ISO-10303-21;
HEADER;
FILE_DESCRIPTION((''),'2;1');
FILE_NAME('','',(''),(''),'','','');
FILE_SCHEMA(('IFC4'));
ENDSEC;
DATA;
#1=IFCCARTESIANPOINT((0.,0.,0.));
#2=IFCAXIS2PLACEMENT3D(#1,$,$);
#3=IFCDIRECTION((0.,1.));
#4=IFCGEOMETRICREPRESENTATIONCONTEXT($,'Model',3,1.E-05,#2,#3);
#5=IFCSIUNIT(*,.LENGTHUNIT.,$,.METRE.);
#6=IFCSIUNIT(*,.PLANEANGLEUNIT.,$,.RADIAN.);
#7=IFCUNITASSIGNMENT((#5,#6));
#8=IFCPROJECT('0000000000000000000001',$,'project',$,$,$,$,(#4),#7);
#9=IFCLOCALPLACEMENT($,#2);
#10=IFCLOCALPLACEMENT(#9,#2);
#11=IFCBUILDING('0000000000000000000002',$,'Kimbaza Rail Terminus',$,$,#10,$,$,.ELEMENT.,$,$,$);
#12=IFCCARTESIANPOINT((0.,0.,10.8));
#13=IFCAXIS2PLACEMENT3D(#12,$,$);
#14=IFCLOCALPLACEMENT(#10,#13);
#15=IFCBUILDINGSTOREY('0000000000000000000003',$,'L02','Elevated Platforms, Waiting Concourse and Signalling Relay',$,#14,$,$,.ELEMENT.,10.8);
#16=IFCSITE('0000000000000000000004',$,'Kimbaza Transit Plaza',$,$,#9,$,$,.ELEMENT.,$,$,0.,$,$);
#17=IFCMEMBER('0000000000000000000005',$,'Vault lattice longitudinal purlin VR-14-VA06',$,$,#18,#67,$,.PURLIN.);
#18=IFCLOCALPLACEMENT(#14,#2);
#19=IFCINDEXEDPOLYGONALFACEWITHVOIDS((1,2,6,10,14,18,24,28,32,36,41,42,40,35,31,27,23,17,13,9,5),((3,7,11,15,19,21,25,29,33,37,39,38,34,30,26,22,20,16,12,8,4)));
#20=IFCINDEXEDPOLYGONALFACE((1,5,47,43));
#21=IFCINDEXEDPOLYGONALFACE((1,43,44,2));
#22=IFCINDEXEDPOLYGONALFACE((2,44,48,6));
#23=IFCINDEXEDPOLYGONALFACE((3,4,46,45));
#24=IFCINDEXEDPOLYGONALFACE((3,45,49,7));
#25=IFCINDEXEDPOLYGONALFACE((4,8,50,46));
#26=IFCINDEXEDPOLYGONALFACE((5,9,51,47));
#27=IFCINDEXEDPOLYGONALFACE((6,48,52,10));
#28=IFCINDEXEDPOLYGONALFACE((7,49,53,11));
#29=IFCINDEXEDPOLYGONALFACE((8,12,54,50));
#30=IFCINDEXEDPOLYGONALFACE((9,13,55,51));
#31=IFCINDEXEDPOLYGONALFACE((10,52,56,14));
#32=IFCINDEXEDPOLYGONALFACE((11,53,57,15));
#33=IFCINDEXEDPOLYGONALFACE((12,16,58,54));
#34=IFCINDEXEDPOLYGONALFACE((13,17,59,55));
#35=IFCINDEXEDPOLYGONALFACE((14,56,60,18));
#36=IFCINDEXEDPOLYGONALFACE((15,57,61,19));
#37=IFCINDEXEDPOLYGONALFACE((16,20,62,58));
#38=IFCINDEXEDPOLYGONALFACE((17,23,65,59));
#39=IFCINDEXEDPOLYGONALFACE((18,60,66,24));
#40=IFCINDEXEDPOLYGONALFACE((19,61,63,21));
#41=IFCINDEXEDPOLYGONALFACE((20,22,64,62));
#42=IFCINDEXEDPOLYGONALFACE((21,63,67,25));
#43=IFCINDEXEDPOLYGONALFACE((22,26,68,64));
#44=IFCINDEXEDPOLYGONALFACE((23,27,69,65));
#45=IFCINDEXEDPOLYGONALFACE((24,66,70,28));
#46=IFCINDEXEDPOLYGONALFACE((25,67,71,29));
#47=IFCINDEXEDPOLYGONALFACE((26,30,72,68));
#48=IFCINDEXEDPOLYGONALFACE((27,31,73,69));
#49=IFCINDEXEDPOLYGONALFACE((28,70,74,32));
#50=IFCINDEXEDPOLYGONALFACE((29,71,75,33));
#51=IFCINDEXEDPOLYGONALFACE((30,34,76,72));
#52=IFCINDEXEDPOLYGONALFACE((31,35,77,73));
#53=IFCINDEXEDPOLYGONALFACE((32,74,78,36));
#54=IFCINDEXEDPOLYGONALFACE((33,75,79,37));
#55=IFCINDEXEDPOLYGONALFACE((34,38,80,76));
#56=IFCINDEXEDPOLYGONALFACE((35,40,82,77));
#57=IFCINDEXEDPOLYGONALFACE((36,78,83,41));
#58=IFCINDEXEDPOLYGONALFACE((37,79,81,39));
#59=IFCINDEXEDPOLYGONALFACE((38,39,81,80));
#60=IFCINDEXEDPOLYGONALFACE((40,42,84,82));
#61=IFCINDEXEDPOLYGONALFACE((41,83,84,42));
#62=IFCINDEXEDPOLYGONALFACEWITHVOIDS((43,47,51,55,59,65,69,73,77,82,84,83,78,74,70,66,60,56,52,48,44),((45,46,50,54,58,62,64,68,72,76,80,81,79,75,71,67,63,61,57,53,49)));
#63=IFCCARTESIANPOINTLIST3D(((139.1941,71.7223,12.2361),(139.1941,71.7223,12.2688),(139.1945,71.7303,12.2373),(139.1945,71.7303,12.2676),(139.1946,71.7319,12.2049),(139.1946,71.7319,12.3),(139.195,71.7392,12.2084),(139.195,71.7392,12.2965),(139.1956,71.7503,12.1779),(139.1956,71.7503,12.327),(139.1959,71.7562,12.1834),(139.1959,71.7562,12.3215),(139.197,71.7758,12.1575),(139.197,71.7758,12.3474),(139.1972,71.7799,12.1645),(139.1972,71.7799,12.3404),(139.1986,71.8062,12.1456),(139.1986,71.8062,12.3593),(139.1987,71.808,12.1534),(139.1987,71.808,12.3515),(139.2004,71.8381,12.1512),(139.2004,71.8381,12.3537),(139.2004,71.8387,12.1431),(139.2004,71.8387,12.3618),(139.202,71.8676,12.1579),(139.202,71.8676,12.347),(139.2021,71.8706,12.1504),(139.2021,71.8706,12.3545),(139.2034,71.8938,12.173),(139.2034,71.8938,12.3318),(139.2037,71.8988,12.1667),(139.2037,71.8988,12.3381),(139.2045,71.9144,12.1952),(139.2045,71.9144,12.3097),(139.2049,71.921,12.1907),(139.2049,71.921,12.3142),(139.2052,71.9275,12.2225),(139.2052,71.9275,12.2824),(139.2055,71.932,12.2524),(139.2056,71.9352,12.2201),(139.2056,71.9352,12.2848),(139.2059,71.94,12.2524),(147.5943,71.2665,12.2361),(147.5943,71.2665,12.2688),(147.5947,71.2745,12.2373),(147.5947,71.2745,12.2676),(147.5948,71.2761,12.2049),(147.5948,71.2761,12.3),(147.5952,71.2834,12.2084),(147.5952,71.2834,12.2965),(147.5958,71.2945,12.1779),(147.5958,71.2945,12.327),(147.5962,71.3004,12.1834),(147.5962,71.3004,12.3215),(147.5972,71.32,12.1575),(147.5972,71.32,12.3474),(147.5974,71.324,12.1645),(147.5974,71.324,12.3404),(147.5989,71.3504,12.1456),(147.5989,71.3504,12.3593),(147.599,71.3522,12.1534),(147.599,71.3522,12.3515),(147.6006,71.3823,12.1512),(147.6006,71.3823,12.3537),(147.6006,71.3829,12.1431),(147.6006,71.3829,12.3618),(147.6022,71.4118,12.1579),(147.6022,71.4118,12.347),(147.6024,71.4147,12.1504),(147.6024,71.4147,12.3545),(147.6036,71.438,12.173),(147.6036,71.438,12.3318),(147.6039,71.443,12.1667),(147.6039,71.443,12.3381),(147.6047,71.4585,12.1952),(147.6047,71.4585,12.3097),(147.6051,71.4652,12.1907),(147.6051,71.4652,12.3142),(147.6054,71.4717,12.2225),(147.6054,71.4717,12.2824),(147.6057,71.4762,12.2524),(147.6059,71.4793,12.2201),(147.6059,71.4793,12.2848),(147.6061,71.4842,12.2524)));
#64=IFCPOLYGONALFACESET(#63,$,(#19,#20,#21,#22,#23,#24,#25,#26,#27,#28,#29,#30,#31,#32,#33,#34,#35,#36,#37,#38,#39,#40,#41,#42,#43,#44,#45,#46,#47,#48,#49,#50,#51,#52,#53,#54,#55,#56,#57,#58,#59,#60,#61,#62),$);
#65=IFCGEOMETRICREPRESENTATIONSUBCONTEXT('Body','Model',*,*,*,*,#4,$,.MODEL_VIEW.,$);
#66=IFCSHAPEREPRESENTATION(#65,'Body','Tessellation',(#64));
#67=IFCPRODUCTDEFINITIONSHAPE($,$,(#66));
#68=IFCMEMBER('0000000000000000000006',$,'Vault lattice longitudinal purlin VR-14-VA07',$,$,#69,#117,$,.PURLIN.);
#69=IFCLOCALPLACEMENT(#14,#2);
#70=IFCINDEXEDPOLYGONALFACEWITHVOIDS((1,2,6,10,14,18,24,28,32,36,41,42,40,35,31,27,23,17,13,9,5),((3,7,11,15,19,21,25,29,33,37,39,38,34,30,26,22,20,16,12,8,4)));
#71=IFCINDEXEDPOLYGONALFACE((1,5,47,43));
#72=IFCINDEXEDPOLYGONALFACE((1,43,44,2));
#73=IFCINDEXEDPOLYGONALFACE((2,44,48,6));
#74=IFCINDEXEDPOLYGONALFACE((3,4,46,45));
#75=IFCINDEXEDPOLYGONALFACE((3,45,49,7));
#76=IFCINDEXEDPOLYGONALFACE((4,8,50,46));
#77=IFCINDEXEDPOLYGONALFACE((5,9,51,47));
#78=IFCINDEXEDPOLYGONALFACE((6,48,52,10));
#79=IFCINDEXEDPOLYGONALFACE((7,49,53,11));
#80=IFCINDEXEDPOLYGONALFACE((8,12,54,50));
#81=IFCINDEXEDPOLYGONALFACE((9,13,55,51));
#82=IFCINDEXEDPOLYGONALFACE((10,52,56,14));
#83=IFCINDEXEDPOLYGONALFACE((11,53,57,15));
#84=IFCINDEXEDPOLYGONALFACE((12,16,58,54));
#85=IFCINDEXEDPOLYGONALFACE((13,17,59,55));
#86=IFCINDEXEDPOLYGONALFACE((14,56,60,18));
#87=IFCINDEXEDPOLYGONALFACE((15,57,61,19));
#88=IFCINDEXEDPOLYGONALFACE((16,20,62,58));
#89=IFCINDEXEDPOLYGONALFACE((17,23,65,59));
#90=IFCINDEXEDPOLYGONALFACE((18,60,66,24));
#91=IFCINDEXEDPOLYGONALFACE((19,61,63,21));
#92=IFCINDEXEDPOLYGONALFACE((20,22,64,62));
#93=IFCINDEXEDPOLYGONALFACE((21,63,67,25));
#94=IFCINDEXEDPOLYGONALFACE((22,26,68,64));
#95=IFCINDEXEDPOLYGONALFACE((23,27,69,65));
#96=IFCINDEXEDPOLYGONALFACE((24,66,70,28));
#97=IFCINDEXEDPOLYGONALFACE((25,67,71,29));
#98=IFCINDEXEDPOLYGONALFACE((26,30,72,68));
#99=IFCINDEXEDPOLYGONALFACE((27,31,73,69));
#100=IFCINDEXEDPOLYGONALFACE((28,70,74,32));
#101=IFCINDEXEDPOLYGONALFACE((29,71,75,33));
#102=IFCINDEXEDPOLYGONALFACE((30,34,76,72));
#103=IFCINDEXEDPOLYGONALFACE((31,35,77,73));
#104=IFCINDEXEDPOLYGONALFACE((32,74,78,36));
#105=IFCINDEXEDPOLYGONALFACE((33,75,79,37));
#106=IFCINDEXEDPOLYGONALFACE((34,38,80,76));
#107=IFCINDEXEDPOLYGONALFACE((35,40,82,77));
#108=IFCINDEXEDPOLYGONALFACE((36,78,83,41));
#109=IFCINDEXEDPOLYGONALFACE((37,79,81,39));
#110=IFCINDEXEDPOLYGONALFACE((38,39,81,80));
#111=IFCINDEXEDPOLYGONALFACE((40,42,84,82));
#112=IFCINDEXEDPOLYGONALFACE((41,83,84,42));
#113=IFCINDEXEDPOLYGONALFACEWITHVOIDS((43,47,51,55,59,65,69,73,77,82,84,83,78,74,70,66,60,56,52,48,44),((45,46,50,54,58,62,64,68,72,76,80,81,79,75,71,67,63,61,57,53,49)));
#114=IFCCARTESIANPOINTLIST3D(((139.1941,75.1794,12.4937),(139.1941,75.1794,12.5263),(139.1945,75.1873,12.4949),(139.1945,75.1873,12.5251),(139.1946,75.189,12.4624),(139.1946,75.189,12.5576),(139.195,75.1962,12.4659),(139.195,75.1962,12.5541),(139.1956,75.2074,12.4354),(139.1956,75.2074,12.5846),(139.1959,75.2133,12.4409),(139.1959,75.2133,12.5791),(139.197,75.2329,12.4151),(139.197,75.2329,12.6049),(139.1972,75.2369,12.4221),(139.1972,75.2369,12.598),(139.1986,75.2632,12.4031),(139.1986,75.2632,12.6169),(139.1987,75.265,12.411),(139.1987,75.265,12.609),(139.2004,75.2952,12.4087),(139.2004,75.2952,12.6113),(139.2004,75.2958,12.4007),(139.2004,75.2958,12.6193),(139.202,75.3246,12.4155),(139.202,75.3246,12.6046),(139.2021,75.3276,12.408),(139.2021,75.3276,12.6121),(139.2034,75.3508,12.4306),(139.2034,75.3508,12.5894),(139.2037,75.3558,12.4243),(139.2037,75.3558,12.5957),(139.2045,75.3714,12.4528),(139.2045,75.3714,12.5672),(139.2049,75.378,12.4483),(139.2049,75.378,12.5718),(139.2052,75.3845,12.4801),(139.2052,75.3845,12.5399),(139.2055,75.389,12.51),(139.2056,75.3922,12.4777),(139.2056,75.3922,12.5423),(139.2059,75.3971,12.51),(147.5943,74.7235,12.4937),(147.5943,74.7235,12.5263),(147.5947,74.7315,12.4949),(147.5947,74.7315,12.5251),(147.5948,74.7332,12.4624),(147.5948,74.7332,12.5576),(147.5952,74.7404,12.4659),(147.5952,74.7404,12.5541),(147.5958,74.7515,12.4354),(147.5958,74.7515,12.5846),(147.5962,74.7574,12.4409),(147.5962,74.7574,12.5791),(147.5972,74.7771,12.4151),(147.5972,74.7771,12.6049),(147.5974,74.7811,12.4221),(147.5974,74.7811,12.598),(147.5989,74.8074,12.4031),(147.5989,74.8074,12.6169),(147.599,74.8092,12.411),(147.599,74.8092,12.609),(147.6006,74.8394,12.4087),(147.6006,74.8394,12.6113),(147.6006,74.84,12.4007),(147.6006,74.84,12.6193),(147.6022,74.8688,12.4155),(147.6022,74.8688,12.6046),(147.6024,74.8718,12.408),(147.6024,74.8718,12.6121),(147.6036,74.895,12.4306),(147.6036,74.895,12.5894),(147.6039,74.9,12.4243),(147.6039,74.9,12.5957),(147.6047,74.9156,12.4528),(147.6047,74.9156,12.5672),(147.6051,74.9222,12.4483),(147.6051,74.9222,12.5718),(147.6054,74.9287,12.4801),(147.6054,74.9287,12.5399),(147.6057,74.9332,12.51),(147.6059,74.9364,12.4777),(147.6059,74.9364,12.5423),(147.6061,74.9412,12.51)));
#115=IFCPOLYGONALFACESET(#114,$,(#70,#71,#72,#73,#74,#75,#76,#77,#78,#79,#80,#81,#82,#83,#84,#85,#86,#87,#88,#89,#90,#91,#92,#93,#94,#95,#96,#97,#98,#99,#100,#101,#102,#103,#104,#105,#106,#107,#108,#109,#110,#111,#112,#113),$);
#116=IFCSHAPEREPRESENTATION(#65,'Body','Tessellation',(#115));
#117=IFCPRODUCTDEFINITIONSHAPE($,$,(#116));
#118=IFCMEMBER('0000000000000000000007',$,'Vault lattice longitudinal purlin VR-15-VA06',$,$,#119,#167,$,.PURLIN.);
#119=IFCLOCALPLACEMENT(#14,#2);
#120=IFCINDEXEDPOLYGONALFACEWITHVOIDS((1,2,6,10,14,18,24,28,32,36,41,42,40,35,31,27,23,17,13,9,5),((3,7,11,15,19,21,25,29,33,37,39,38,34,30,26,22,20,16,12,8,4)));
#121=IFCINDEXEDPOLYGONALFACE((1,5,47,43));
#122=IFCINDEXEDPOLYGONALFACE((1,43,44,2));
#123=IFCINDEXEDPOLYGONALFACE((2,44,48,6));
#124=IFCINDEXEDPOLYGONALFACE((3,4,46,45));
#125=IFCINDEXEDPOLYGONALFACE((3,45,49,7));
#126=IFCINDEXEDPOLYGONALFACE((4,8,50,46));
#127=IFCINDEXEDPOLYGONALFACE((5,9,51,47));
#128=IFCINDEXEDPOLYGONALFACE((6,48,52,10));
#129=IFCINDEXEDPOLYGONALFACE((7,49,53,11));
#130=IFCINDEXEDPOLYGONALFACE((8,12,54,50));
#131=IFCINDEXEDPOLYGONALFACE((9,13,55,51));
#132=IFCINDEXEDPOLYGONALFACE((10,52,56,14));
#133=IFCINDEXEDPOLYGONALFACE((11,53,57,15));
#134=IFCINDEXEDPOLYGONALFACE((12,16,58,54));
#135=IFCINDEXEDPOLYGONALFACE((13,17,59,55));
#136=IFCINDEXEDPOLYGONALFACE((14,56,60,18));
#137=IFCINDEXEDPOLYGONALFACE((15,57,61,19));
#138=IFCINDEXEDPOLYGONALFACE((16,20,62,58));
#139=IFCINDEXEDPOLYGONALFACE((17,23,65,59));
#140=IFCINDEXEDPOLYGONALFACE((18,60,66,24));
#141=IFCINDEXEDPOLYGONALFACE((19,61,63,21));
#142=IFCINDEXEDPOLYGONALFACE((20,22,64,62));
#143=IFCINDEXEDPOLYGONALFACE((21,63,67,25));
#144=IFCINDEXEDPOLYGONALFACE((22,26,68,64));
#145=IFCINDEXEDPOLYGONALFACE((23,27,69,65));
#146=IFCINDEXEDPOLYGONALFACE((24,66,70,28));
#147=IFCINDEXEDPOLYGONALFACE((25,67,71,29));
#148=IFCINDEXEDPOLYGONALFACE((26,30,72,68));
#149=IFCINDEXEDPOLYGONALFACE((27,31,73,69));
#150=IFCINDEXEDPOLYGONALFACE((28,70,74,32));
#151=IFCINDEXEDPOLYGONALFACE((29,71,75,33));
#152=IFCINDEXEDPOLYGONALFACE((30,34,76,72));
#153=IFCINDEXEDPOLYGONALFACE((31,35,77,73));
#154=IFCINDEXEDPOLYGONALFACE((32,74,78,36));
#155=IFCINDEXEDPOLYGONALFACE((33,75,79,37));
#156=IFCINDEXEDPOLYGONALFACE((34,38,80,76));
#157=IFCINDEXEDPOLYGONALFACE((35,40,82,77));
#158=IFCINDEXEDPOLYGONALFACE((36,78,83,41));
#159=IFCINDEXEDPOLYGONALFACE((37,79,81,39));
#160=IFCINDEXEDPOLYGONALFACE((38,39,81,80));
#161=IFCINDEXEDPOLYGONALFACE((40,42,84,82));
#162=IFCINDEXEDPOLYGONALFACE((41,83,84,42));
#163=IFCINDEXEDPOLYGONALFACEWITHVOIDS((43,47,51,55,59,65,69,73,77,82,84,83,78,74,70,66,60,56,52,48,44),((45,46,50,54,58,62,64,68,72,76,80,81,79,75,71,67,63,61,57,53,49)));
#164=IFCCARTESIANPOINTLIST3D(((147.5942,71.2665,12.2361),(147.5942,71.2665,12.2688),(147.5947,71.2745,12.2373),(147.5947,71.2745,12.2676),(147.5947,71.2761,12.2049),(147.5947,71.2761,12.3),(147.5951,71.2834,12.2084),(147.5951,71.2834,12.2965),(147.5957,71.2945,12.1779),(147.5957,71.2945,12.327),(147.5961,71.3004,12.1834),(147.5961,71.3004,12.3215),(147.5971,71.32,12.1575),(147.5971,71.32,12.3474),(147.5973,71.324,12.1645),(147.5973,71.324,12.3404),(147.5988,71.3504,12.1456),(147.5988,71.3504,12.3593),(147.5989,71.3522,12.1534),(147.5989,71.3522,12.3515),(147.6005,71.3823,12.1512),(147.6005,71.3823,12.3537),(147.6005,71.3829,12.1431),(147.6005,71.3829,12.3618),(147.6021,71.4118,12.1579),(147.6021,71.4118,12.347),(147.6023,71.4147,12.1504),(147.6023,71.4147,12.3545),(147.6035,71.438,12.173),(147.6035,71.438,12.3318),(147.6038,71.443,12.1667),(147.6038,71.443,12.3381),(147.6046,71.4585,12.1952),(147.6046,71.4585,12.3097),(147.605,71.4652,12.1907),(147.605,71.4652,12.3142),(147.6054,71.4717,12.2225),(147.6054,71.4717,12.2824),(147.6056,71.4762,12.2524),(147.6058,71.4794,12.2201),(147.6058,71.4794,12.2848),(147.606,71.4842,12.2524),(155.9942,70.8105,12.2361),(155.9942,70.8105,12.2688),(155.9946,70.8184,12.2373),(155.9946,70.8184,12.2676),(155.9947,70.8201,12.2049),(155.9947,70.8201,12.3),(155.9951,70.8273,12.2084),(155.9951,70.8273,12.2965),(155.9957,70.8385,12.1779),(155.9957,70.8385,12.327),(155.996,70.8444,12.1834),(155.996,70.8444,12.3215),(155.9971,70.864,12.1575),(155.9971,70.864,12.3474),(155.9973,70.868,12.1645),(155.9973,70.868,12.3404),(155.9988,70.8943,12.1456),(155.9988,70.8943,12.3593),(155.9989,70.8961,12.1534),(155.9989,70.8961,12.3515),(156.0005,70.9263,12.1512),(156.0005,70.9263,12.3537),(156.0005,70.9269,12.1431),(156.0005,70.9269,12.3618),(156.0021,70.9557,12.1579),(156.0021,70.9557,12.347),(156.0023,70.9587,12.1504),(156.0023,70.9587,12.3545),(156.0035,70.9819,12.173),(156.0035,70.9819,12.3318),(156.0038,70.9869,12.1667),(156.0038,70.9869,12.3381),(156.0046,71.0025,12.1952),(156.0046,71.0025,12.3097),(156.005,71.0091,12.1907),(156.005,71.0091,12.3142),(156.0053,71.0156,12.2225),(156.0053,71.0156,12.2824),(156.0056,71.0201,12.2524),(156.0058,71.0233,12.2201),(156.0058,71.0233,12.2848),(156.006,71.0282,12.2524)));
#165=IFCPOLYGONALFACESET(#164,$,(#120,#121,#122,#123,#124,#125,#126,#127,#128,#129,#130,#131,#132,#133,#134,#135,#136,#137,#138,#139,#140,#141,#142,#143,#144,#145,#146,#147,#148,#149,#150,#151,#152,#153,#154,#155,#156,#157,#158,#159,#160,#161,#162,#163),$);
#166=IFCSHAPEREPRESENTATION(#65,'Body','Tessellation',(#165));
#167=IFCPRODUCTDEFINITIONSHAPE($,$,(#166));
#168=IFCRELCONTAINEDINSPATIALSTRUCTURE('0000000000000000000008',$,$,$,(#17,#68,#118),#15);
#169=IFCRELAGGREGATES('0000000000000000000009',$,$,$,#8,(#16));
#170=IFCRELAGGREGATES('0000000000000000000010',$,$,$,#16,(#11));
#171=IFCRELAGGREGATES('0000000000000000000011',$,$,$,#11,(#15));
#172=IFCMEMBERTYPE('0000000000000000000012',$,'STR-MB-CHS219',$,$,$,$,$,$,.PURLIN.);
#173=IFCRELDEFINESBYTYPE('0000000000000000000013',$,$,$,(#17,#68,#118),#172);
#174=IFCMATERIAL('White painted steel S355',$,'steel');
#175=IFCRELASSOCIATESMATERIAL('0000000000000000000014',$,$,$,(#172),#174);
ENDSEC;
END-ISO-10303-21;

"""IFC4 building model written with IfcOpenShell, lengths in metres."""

from ifc_helpers import new_model, si_unit, direction, frame, origin, origin_2d, place, context, subcontext, project, spatial, hollow_circle, extrude, material, material_profile, profile_set, type_object, element, save


model = new_model("IFC4")

# Units and contexts
model_context = context("Model", 3, precision=1e-05, world=origin(), true_north=direction((0.0, 1.0)))
body_context = subcontext(model_context, "Body", "Model", "MODEL_VIEW")
ifc_project = project(units=[si_unit("LENGTHUNIT", "METRE"), si_unit("PLANEANGLEUNIT", "RADIAN")], contexts=[model_context])

# Site, building, storey
site_placement = place(None, origin())
site = spatial("IfcSite", under=ifc_project, at=site_placement, Name="Kimbaza Transit Plaza", CompositionType="ELEMENT", RefElevation=0.0)
building_placement = place(site_placement, origin())
building = spatial("IfcBuilding", under=site, at=building_placement, Name="Kimbaza Rail Terminus", CompositionType="ELEMENT")
storey_placement = place(building_placement, frame((0.0, 0.0, 10.8)))
storey = spatial("IfcBuildingStorey", under=building, at=storey_placement, Name="L02", Description="Elevated Platforms, Waiting Concourse and Signalling Relay", CompositionType="ELEMENT", Elevation=10.8)

# Members
ifc_material_1 = material(Name="White painted steel S355", Category="steel")
ifc_material_profile_1 = material_profile(ifc_material_1, hollow_circle(Radius=0.1096, WallThickness=0.0081, at=origin_2d()), Name="CHS 219.1x8")
ifc_profile_set_1 = profile_set([ifc_material_profile_1], Name="White painted steel S355")
member_type_1 = type_object("IfcMemberType", Name="STR-MB-CHS219", PredefinedType="PURLIN", material=ifc_profile_set_1)
for number, where, z_axis, x_axis, name in (
    (1, (139.2, 71.8306, 12.2524), (0.998531, -0.054183, 0.0), (0.054183, 0.998531, 0.0), "Vault lattice longitudinal purlin VR-14-VA06"),
    (2, (139.2, 75.2876, 12.51), (0.998531, -0.054183, 0.0), (0.054183, 0.998531, 0.0), "Vault lattice longitudinal purlin VR-14-VA07"),
):
    element("IfcMember", number, at=place(storey_placement, frame(where, z_axis=z_axis, x_axis=x_axis)), inside=storey, type_object=member_type_1, Name=name, PredefinedType="PURLIN", context=body_context, shape_type="SweptSolid", body=[
        extrude(hollow_circle(Radius=0.1096, WallThickness=0.0081, at=origin_2d()), origin(), (0.0, 0.0, 1.0), 8.4126),
    ])
member_1_placement = place(storey_placement, frame((147.6001, 71.3748, 12.2524), z_axis=(0.998529, -0.054213, 0.0), x_axis=(0.054213, 0.998529, 0.0)))
element("IfcMember", 3, at=member_1_placement, inside=storey, type_object=member_type_1, Name="Vault lattice longitudinal purlin VR-15-VA06", PredefinedType="PURLIN", context=body_context, shape_type="SweptSolid", body=[
    extrude(hollow_circle(Radius=0.1096, WallThickness=0.0081, at=origin_2d()), origin(), (0.0, 0.0, 1.0), 8.4124),
])

save(model, "model.ifc")
